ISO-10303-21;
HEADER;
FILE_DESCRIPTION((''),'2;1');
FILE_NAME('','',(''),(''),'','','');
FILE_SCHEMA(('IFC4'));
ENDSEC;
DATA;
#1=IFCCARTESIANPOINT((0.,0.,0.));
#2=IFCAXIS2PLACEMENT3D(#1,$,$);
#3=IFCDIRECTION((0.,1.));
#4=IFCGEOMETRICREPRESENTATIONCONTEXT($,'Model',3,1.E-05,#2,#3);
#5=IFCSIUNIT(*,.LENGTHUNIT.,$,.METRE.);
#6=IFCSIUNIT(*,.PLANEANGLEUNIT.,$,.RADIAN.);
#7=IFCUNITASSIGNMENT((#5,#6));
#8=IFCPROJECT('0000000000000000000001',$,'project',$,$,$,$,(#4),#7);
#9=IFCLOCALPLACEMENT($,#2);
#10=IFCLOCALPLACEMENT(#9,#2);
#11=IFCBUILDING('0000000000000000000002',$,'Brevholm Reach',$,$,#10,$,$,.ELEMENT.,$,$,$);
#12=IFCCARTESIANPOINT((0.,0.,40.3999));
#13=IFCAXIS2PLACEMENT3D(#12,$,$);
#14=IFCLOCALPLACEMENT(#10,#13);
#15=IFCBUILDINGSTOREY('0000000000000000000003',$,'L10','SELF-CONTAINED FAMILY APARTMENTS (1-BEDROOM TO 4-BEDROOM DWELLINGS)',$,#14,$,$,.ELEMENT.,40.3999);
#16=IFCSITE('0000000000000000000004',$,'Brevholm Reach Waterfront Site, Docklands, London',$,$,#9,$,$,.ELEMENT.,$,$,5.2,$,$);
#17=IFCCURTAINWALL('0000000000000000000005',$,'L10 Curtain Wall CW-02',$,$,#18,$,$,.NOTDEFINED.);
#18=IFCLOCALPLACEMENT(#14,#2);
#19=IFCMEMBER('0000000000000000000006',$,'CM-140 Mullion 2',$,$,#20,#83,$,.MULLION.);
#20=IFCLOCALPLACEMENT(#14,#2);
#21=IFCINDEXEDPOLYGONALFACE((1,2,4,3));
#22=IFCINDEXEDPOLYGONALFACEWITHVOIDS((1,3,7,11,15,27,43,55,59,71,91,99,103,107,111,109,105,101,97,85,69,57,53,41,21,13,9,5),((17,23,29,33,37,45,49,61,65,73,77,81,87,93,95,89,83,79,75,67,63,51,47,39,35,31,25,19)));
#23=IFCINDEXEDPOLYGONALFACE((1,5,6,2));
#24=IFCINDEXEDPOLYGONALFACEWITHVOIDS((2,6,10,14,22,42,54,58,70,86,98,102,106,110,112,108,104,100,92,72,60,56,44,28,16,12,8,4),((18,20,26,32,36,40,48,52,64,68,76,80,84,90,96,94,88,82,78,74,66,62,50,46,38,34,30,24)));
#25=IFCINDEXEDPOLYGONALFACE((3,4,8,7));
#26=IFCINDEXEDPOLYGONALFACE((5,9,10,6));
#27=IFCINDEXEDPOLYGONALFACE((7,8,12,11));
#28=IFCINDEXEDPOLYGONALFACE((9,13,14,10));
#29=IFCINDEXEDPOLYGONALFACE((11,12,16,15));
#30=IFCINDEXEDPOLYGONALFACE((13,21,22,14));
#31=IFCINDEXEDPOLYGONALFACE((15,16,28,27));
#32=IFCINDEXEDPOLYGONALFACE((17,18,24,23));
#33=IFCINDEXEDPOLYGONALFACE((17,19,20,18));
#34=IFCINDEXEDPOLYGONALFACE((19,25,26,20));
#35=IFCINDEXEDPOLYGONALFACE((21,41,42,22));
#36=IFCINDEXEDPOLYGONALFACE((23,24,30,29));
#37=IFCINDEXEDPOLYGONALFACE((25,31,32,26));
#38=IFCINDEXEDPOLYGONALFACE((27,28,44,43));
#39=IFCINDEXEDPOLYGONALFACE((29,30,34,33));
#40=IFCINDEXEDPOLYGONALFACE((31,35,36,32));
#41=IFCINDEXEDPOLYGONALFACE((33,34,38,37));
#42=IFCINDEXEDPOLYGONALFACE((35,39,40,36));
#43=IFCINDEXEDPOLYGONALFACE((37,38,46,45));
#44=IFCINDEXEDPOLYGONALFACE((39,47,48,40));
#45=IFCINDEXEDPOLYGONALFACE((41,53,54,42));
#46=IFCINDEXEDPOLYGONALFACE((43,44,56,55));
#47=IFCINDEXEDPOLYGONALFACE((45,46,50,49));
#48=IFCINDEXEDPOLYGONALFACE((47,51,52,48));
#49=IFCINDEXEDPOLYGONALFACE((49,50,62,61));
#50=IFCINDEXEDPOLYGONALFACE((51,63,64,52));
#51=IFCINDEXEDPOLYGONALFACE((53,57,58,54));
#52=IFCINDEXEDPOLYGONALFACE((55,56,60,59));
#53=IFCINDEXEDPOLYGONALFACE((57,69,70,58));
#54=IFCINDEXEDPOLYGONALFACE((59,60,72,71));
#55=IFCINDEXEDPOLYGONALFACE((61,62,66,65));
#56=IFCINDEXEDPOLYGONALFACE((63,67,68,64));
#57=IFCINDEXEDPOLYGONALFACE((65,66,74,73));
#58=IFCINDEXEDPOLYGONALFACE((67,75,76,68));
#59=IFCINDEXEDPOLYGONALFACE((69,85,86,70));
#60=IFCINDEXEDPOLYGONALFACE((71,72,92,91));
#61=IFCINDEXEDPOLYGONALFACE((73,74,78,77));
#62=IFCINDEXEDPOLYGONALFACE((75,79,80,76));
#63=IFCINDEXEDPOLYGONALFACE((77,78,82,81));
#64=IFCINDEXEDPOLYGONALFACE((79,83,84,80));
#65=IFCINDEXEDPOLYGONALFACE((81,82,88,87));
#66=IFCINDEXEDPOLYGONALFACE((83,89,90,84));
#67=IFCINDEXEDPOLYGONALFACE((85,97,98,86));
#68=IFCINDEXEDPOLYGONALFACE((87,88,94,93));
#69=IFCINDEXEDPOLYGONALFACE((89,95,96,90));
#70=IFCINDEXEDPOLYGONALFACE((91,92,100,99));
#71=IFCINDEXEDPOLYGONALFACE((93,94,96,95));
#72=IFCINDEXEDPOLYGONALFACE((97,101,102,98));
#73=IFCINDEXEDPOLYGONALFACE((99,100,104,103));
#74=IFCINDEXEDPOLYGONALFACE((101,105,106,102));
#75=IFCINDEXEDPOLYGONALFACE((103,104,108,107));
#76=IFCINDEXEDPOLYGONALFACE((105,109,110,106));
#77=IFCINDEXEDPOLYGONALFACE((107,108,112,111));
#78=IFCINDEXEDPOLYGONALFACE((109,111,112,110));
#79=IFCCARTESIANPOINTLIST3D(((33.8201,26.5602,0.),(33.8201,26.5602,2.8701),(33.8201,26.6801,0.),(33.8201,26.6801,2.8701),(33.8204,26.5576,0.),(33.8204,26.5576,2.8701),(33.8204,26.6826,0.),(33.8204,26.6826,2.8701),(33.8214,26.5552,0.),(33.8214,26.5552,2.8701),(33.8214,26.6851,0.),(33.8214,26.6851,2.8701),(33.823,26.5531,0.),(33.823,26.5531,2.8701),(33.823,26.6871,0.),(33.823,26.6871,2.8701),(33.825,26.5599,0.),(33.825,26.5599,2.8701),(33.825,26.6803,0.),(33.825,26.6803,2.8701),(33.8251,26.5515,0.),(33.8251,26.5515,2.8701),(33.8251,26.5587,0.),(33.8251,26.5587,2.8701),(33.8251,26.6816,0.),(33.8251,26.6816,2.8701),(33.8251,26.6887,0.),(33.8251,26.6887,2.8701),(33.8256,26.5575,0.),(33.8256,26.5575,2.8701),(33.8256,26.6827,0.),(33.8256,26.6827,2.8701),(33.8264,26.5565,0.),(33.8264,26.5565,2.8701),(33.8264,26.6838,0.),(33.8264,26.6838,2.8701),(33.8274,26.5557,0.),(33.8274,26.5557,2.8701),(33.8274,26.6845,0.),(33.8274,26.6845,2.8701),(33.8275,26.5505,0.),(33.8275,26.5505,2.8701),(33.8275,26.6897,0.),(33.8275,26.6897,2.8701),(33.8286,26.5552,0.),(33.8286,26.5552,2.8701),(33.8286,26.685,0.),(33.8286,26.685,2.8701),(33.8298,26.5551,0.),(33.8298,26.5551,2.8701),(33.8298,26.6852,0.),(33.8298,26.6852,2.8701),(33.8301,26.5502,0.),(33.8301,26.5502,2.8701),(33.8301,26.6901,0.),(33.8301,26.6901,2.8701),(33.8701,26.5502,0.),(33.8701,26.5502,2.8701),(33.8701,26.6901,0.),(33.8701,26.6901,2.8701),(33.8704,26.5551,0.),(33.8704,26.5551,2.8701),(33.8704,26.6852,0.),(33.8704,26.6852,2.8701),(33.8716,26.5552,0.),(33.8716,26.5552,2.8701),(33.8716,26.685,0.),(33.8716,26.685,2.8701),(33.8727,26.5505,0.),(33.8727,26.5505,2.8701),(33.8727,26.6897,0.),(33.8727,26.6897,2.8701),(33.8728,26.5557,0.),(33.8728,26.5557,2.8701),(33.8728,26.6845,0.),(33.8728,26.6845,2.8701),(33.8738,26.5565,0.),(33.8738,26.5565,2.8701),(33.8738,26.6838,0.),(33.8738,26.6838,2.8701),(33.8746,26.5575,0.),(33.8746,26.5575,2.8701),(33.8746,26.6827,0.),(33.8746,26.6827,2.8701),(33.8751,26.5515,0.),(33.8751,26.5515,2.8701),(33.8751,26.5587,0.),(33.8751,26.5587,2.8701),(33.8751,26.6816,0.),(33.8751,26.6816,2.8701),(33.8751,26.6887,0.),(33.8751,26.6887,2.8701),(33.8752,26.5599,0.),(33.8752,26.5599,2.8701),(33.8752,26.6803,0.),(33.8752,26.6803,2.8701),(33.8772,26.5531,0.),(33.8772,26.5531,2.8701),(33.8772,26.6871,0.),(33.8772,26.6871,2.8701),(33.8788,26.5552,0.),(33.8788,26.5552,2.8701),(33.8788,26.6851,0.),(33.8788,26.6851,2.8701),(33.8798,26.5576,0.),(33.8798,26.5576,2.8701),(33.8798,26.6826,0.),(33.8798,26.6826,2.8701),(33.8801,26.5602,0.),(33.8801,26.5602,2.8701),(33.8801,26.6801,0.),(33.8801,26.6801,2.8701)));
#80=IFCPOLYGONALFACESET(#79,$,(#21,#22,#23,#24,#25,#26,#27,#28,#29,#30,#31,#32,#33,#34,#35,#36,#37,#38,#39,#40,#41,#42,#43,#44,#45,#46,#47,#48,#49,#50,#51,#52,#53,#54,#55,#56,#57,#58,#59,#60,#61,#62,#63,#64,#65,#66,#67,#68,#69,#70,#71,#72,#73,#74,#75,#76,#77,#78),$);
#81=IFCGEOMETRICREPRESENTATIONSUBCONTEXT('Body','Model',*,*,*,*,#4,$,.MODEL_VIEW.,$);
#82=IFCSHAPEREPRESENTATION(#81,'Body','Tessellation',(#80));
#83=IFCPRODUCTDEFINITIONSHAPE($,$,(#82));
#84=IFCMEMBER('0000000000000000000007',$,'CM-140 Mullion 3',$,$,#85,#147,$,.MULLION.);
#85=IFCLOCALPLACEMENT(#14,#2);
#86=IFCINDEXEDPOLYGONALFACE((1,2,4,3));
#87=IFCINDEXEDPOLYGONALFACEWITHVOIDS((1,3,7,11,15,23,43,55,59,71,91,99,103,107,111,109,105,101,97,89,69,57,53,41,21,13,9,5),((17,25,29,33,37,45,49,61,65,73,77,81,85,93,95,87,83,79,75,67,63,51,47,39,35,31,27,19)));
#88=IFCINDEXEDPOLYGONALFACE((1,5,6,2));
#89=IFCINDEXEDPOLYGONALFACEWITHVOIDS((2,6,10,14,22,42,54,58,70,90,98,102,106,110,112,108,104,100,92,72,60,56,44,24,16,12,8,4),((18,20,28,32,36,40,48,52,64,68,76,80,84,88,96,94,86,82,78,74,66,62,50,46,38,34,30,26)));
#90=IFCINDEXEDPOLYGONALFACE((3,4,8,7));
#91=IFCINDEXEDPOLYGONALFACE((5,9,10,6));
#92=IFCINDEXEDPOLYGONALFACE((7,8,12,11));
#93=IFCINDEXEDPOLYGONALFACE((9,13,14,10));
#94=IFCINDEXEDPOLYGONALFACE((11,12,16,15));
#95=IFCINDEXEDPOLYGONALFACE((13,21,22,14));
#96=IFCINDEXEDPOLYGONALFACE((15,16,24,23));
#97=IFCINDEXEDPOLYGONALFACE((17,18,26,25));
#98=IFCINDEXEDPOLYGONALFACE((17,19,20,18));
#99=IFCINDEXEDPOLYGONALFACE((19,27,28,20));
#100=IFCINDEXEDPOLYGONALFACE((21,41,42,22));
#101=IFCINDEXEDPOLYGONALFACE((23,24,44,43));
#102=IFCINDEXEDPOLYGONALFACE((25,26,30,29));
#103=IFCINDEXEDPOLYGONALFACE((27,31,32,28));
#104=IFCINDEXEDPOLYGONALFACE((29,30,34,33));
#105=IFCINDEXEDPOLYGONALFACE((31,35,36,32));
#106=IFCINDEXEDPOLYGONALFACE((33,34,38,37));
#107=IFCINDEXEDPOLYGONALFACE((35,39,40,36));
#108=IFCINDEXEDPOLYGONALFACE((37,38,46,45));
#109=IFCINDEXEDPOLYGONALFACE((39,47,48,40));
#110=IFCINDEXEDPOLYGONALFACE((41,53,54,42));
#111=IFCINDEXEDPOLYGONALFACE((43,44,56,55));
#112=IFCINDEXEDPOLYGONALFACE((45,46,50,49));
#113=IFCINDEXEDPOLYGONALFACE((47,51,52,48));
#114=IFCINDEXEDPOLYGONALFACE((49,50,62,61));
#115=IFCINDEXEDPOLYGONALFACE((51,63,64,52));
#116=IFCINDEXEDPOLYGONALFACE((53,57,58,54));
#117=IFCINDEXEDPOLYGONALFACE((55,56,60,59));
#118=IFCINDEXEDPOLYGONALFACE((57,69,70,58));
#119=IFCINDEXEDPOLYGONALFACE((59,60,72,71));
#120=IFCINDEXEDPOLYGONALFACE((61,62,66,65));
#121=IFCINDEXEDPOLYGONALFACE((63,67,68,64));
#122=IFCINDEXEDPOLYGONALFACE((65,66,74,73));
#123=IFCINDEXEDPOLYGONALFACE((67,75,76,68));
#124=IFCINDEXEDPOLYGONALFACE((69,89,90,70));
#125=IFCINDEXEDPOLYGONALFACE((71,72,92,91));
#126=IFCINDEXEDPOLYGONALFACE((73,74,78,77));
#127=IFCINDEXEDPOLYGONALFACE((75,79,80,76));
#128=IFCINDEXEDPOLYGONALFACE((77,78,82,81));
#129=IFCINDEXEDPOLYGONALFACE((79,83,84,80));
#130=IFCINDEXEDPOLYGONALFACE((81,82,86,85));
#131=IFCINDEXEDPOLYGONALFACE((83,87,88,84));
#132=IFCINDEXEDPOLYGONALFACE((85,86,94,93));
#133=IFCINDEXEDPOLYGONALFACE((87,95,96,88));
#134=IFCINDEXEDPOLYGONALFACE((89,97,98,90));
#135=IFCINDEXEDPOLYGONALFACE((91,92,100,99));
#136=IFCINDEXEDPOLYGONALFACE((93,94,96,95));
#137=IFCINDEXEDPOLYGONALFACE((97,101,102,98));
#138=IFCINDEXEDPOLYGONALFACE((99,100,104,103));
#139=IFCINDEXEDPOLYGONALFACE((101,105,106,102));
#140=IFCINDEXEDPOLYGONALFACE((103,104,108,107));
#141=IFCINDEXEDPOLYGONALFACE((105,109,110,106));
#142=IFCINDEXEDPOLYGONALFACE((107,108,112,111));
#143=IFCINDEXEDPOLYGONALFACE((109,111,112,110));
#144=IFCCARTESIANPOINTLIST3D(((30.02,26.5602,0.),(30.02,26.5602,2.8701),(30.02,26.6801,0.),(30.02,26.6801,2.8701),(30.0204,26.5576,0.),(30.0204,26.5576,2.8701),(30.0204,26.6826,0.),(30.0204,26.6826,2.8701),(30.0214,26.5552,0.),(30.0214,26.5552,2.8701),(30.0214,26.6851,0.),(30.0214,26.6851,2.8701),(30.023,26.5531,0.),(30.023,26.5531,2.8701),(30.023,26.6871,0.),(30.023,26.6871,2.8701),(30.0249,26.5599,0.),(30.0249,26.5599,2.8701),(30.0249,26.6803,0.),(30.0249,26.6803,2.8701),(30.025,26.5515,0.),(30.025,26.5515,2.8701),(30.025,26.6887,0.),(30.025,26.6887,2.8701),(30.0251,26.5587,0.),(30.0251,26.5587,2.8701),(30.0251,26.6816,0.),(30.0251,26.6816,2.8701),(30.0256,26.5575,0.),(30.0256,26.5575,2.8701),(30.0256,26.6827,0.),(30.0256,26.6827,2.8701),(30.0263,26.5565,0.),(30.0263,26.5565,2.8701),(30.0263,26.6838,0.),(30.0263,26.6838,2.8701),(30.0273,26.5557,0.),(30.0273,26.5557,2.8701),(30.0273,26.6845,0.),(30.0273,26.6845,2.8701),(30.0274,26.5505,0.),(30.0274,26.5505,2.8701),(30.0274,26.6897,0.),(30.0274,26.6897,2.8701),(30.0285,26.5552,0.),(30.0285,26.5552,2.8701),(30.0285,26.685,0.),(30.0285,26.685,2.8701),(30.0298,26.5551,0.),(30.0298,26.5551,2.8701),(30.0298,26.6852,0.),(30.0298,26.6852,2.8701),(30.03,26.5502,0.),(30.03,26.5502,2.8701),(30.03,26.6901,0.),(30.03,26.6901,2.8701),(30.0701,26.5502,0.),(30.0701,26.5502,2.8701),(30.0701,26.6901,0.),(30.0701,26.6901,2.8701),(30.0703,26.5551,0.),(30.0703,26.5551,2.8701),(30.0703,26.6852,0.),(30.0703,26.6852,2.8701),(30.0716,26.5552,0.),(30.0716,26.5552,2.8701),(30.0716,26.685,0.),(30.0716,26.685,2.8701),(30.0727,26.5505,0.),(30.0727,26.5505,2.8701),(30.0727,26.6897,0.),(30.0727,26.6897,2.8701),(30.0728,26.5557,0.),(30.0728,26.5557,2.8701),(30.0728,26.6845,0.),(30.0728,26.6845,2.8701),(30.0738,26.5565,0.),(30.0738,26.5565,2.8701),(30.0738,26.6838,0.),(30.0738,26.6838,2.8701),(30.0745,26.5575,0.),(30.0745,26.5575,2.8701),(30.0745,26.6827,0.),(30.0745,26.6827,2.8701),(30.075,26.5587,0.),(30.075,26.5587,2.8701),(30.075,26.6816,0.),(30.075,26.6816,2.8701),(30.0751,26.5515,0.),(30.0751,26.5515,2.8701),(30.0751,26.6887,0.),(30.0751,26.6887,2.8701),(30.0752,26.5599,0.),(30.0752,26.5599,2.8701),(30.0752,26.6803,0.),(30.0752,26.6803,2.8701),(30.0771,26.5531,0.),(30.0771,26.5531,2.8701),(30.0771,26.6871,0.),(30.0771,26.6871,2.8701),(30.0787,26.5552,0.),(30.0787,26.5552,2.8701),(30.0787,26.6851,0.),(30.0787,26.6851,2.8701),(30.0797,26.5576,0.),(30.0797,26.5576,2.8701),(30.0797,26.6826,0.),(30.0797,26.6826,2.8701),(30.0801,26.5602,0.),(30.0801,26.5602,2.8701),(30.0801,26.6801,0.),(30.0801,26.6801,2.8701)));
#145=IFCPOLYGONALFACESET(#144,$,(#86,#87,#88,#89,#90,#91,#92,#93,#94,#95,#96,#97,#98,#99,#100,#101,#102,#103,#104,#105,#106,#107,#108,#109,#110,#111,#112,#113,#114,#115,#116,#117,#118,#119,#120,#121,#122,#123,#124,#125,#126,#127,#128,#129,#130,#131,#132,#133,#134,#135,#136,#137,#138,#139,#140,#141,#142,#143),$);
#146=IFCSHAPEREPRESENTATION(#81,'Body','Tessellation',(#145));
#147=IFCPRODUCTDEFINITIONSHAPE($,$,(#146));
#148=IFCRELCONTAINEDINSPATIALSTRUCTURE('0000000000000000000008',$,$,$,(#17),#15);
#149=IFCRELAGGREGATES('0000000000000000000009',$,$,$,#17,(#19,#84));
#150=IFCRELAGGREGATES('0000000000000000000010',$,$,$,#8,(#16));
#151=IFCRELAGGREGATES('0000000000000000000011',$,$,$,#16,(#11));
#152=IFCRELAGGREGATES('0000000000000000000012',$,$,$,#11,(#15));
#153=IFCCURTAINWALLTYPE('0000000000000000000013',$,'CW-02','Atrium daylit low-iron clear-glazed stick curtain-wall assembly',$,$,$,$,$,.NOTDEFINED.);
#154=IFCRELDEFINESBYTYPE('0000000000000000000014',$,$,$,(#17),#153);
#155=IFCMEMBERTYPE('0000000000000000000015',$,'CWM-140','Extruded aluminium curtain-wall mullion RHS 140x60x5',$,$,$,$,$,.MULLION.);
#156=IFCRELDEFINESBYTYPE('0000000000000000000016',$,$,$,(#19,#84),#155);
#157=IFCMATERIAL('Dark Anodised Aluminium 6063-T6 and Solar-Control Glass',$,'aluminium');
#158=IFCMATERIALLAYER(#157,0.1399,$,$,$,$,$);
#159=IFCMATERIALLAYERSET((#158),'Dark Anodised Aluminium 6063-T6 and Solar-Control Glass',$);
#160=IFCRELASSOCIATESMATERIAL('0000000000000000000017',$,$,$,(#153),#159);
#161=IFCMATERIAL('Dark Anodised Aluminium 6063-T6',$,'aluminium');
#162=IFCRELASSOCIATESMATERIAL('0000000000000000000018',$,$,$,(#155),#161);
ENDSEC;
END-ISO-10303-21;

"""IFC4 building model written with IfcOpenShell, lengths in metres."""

from ifc_helpers import new_model, si_unit, direction, frame, origin, origin_2d, place, context, subcontext, project, spatial, hollow_rectangle, extrude, material, layer, layer_set, material_profile, profile_set, type_object, element, aggregate, save


model = new_model("IFC4")

# Units and contexts
model_context = context("Model", 3, precision=1e-05, world=origin(), true_north=direction((0.0, 1.0)))
body_context = subcontext(model_context, "Body", "Model", "MODEL_VIEW")
ifc_project = project(units=[si_unit("LENGTHUNIT", "METRE"), si_unit("PLANEANGLEUNIT", "RADIAN")], contexts=[model_context])

# Site, building, storey
site_placement = place(None, origin())
site = spatial("IfcSite", under=ifc_project, at=site_placement, Name="Brevholm Reach Waterfront Site, Docklands, London", CompositionType="ELEMENT", RefElevation=5.2)
building_placement = place(site_placement, origin())
building = spatial("IfcBuilding", under=site, at=building_placement, Name="Brevholm Reach", CompositionType="ELEMENT")
storey_placement = place(building_placement, frame((0.0, 0.0, 40.3999)))
storey = spatial("IfcBuildingStorey", under=building, at=storey_placement, Name="L10", Description="SELF-CONTAINED FAMILY APARTMENTS (1-BEDROOM TO 4-BEDROOM DWELLINGS)", CompositionType="ELEMENT", Elevation=40.3999)

# Curtain wall, members
ifc_material_1 = material(Name="Dark Anodised Aluminium 6063-T6 and Solar-Control Glass", Category="aluminium")
ifc_layer_1 = layer(ifc_material_1, 0.1399)
ifc_layer_set_1 = layer_set([ifc_layer_1], Name="Dark Anodised Aluminium 6063-T6 and Solar-Control Glass")
curtain_wall_type_1 = type_object("IfcCurtainWallType", Name="CW-02", Description="Atrium daylit low-iron clear-glazed stick curtain-wall assembly", PredefinedType="NOTDEFINED", material=ifc_layer_set_1)
curtain_wall_1_placement = place(storey_placement, origin())
curtain_wall_1 = element("IfcCurtainWall", 1, at=curtain_wall_1_placement, inside=storey, type_object=curtain_wall_type_1, Name="L10 Curtain Wall CW-02", PredefinedType="NOTDEFINED")
ifc_material_2 = material(Name="Dark Anodised Aluminium 6063-T6", Category="aluminium")
ifc_material_profile_1 = material_profile(ifc_material_2, hollow_rectangle(XDim=0.0601, YDim=0.1399, WallThickness=0.0049, InnerFilletRadius=0.0049, OuterFilletRadius=0.01, at=origin_2d()), Name="RHS 140x60x5")
ifc_profile_set_1 = profile_set([ifc_material_profile_1], Name="Dark Anodised Aluminium 6063-T6")
member_type_1 = type_object("IfcMemberType", Name="CWM-140", Description="Extruded aluminium curtain-wall mullion RHS 140x60x5", PredefinedType="MULLION", material=ifc_profile_set_1)
member_1_placement = place(storey_placement, frame((33.8501, 26.6201, 0.0), z_axis=(0.0, 0.0, 1.0), x_axis=(-1.0, 0.0, 0.0)))
member_1 = element("IfcMember", 2, at=member_1_placement, type_object=member_type_1, Name="CM-140 Mullion 2", PredefinedType="MULLION", context=body_context, shape_type="SweptSolid", body=[
    extrude(hollow_rectangle(XDim=0.0601, YDim=0.1399, WallThickness=0.0049, InnerFilletRadius=0.0049, OuterFilletRadius=0.01, at=origin_2d()), origin(), (0.0, 0.0, 1.0), 2.8701),
])
member_2_placement = place(storey_placement, frame((30.05, 26.6201, 0.0), z_axis=(0.0, 0.0, 1.0), x_axis=(-1.0, 0.0, 0.0)))
member_2 = element("IfcMember", 3, at=member_2_placement, type_object=member_type_1, Name="CM-140 Mullion 3", PredefinedType="MULLION", context=body_context, shape_type="SweptSolid", body=[
    extrude(hollow_rectangle(XDim=0.0601, YDim=0.1399, WallThickness=0.0049, InnerFilletRadius=0.0049, OuterFilletRadius=0.01, at=origin_2d()), origin(), (0.0, 0.0, 1.0), 2.8701),
])

aggregate(curtain_wall_1, [member_1, member_2])

save(model, "model.ifc")
